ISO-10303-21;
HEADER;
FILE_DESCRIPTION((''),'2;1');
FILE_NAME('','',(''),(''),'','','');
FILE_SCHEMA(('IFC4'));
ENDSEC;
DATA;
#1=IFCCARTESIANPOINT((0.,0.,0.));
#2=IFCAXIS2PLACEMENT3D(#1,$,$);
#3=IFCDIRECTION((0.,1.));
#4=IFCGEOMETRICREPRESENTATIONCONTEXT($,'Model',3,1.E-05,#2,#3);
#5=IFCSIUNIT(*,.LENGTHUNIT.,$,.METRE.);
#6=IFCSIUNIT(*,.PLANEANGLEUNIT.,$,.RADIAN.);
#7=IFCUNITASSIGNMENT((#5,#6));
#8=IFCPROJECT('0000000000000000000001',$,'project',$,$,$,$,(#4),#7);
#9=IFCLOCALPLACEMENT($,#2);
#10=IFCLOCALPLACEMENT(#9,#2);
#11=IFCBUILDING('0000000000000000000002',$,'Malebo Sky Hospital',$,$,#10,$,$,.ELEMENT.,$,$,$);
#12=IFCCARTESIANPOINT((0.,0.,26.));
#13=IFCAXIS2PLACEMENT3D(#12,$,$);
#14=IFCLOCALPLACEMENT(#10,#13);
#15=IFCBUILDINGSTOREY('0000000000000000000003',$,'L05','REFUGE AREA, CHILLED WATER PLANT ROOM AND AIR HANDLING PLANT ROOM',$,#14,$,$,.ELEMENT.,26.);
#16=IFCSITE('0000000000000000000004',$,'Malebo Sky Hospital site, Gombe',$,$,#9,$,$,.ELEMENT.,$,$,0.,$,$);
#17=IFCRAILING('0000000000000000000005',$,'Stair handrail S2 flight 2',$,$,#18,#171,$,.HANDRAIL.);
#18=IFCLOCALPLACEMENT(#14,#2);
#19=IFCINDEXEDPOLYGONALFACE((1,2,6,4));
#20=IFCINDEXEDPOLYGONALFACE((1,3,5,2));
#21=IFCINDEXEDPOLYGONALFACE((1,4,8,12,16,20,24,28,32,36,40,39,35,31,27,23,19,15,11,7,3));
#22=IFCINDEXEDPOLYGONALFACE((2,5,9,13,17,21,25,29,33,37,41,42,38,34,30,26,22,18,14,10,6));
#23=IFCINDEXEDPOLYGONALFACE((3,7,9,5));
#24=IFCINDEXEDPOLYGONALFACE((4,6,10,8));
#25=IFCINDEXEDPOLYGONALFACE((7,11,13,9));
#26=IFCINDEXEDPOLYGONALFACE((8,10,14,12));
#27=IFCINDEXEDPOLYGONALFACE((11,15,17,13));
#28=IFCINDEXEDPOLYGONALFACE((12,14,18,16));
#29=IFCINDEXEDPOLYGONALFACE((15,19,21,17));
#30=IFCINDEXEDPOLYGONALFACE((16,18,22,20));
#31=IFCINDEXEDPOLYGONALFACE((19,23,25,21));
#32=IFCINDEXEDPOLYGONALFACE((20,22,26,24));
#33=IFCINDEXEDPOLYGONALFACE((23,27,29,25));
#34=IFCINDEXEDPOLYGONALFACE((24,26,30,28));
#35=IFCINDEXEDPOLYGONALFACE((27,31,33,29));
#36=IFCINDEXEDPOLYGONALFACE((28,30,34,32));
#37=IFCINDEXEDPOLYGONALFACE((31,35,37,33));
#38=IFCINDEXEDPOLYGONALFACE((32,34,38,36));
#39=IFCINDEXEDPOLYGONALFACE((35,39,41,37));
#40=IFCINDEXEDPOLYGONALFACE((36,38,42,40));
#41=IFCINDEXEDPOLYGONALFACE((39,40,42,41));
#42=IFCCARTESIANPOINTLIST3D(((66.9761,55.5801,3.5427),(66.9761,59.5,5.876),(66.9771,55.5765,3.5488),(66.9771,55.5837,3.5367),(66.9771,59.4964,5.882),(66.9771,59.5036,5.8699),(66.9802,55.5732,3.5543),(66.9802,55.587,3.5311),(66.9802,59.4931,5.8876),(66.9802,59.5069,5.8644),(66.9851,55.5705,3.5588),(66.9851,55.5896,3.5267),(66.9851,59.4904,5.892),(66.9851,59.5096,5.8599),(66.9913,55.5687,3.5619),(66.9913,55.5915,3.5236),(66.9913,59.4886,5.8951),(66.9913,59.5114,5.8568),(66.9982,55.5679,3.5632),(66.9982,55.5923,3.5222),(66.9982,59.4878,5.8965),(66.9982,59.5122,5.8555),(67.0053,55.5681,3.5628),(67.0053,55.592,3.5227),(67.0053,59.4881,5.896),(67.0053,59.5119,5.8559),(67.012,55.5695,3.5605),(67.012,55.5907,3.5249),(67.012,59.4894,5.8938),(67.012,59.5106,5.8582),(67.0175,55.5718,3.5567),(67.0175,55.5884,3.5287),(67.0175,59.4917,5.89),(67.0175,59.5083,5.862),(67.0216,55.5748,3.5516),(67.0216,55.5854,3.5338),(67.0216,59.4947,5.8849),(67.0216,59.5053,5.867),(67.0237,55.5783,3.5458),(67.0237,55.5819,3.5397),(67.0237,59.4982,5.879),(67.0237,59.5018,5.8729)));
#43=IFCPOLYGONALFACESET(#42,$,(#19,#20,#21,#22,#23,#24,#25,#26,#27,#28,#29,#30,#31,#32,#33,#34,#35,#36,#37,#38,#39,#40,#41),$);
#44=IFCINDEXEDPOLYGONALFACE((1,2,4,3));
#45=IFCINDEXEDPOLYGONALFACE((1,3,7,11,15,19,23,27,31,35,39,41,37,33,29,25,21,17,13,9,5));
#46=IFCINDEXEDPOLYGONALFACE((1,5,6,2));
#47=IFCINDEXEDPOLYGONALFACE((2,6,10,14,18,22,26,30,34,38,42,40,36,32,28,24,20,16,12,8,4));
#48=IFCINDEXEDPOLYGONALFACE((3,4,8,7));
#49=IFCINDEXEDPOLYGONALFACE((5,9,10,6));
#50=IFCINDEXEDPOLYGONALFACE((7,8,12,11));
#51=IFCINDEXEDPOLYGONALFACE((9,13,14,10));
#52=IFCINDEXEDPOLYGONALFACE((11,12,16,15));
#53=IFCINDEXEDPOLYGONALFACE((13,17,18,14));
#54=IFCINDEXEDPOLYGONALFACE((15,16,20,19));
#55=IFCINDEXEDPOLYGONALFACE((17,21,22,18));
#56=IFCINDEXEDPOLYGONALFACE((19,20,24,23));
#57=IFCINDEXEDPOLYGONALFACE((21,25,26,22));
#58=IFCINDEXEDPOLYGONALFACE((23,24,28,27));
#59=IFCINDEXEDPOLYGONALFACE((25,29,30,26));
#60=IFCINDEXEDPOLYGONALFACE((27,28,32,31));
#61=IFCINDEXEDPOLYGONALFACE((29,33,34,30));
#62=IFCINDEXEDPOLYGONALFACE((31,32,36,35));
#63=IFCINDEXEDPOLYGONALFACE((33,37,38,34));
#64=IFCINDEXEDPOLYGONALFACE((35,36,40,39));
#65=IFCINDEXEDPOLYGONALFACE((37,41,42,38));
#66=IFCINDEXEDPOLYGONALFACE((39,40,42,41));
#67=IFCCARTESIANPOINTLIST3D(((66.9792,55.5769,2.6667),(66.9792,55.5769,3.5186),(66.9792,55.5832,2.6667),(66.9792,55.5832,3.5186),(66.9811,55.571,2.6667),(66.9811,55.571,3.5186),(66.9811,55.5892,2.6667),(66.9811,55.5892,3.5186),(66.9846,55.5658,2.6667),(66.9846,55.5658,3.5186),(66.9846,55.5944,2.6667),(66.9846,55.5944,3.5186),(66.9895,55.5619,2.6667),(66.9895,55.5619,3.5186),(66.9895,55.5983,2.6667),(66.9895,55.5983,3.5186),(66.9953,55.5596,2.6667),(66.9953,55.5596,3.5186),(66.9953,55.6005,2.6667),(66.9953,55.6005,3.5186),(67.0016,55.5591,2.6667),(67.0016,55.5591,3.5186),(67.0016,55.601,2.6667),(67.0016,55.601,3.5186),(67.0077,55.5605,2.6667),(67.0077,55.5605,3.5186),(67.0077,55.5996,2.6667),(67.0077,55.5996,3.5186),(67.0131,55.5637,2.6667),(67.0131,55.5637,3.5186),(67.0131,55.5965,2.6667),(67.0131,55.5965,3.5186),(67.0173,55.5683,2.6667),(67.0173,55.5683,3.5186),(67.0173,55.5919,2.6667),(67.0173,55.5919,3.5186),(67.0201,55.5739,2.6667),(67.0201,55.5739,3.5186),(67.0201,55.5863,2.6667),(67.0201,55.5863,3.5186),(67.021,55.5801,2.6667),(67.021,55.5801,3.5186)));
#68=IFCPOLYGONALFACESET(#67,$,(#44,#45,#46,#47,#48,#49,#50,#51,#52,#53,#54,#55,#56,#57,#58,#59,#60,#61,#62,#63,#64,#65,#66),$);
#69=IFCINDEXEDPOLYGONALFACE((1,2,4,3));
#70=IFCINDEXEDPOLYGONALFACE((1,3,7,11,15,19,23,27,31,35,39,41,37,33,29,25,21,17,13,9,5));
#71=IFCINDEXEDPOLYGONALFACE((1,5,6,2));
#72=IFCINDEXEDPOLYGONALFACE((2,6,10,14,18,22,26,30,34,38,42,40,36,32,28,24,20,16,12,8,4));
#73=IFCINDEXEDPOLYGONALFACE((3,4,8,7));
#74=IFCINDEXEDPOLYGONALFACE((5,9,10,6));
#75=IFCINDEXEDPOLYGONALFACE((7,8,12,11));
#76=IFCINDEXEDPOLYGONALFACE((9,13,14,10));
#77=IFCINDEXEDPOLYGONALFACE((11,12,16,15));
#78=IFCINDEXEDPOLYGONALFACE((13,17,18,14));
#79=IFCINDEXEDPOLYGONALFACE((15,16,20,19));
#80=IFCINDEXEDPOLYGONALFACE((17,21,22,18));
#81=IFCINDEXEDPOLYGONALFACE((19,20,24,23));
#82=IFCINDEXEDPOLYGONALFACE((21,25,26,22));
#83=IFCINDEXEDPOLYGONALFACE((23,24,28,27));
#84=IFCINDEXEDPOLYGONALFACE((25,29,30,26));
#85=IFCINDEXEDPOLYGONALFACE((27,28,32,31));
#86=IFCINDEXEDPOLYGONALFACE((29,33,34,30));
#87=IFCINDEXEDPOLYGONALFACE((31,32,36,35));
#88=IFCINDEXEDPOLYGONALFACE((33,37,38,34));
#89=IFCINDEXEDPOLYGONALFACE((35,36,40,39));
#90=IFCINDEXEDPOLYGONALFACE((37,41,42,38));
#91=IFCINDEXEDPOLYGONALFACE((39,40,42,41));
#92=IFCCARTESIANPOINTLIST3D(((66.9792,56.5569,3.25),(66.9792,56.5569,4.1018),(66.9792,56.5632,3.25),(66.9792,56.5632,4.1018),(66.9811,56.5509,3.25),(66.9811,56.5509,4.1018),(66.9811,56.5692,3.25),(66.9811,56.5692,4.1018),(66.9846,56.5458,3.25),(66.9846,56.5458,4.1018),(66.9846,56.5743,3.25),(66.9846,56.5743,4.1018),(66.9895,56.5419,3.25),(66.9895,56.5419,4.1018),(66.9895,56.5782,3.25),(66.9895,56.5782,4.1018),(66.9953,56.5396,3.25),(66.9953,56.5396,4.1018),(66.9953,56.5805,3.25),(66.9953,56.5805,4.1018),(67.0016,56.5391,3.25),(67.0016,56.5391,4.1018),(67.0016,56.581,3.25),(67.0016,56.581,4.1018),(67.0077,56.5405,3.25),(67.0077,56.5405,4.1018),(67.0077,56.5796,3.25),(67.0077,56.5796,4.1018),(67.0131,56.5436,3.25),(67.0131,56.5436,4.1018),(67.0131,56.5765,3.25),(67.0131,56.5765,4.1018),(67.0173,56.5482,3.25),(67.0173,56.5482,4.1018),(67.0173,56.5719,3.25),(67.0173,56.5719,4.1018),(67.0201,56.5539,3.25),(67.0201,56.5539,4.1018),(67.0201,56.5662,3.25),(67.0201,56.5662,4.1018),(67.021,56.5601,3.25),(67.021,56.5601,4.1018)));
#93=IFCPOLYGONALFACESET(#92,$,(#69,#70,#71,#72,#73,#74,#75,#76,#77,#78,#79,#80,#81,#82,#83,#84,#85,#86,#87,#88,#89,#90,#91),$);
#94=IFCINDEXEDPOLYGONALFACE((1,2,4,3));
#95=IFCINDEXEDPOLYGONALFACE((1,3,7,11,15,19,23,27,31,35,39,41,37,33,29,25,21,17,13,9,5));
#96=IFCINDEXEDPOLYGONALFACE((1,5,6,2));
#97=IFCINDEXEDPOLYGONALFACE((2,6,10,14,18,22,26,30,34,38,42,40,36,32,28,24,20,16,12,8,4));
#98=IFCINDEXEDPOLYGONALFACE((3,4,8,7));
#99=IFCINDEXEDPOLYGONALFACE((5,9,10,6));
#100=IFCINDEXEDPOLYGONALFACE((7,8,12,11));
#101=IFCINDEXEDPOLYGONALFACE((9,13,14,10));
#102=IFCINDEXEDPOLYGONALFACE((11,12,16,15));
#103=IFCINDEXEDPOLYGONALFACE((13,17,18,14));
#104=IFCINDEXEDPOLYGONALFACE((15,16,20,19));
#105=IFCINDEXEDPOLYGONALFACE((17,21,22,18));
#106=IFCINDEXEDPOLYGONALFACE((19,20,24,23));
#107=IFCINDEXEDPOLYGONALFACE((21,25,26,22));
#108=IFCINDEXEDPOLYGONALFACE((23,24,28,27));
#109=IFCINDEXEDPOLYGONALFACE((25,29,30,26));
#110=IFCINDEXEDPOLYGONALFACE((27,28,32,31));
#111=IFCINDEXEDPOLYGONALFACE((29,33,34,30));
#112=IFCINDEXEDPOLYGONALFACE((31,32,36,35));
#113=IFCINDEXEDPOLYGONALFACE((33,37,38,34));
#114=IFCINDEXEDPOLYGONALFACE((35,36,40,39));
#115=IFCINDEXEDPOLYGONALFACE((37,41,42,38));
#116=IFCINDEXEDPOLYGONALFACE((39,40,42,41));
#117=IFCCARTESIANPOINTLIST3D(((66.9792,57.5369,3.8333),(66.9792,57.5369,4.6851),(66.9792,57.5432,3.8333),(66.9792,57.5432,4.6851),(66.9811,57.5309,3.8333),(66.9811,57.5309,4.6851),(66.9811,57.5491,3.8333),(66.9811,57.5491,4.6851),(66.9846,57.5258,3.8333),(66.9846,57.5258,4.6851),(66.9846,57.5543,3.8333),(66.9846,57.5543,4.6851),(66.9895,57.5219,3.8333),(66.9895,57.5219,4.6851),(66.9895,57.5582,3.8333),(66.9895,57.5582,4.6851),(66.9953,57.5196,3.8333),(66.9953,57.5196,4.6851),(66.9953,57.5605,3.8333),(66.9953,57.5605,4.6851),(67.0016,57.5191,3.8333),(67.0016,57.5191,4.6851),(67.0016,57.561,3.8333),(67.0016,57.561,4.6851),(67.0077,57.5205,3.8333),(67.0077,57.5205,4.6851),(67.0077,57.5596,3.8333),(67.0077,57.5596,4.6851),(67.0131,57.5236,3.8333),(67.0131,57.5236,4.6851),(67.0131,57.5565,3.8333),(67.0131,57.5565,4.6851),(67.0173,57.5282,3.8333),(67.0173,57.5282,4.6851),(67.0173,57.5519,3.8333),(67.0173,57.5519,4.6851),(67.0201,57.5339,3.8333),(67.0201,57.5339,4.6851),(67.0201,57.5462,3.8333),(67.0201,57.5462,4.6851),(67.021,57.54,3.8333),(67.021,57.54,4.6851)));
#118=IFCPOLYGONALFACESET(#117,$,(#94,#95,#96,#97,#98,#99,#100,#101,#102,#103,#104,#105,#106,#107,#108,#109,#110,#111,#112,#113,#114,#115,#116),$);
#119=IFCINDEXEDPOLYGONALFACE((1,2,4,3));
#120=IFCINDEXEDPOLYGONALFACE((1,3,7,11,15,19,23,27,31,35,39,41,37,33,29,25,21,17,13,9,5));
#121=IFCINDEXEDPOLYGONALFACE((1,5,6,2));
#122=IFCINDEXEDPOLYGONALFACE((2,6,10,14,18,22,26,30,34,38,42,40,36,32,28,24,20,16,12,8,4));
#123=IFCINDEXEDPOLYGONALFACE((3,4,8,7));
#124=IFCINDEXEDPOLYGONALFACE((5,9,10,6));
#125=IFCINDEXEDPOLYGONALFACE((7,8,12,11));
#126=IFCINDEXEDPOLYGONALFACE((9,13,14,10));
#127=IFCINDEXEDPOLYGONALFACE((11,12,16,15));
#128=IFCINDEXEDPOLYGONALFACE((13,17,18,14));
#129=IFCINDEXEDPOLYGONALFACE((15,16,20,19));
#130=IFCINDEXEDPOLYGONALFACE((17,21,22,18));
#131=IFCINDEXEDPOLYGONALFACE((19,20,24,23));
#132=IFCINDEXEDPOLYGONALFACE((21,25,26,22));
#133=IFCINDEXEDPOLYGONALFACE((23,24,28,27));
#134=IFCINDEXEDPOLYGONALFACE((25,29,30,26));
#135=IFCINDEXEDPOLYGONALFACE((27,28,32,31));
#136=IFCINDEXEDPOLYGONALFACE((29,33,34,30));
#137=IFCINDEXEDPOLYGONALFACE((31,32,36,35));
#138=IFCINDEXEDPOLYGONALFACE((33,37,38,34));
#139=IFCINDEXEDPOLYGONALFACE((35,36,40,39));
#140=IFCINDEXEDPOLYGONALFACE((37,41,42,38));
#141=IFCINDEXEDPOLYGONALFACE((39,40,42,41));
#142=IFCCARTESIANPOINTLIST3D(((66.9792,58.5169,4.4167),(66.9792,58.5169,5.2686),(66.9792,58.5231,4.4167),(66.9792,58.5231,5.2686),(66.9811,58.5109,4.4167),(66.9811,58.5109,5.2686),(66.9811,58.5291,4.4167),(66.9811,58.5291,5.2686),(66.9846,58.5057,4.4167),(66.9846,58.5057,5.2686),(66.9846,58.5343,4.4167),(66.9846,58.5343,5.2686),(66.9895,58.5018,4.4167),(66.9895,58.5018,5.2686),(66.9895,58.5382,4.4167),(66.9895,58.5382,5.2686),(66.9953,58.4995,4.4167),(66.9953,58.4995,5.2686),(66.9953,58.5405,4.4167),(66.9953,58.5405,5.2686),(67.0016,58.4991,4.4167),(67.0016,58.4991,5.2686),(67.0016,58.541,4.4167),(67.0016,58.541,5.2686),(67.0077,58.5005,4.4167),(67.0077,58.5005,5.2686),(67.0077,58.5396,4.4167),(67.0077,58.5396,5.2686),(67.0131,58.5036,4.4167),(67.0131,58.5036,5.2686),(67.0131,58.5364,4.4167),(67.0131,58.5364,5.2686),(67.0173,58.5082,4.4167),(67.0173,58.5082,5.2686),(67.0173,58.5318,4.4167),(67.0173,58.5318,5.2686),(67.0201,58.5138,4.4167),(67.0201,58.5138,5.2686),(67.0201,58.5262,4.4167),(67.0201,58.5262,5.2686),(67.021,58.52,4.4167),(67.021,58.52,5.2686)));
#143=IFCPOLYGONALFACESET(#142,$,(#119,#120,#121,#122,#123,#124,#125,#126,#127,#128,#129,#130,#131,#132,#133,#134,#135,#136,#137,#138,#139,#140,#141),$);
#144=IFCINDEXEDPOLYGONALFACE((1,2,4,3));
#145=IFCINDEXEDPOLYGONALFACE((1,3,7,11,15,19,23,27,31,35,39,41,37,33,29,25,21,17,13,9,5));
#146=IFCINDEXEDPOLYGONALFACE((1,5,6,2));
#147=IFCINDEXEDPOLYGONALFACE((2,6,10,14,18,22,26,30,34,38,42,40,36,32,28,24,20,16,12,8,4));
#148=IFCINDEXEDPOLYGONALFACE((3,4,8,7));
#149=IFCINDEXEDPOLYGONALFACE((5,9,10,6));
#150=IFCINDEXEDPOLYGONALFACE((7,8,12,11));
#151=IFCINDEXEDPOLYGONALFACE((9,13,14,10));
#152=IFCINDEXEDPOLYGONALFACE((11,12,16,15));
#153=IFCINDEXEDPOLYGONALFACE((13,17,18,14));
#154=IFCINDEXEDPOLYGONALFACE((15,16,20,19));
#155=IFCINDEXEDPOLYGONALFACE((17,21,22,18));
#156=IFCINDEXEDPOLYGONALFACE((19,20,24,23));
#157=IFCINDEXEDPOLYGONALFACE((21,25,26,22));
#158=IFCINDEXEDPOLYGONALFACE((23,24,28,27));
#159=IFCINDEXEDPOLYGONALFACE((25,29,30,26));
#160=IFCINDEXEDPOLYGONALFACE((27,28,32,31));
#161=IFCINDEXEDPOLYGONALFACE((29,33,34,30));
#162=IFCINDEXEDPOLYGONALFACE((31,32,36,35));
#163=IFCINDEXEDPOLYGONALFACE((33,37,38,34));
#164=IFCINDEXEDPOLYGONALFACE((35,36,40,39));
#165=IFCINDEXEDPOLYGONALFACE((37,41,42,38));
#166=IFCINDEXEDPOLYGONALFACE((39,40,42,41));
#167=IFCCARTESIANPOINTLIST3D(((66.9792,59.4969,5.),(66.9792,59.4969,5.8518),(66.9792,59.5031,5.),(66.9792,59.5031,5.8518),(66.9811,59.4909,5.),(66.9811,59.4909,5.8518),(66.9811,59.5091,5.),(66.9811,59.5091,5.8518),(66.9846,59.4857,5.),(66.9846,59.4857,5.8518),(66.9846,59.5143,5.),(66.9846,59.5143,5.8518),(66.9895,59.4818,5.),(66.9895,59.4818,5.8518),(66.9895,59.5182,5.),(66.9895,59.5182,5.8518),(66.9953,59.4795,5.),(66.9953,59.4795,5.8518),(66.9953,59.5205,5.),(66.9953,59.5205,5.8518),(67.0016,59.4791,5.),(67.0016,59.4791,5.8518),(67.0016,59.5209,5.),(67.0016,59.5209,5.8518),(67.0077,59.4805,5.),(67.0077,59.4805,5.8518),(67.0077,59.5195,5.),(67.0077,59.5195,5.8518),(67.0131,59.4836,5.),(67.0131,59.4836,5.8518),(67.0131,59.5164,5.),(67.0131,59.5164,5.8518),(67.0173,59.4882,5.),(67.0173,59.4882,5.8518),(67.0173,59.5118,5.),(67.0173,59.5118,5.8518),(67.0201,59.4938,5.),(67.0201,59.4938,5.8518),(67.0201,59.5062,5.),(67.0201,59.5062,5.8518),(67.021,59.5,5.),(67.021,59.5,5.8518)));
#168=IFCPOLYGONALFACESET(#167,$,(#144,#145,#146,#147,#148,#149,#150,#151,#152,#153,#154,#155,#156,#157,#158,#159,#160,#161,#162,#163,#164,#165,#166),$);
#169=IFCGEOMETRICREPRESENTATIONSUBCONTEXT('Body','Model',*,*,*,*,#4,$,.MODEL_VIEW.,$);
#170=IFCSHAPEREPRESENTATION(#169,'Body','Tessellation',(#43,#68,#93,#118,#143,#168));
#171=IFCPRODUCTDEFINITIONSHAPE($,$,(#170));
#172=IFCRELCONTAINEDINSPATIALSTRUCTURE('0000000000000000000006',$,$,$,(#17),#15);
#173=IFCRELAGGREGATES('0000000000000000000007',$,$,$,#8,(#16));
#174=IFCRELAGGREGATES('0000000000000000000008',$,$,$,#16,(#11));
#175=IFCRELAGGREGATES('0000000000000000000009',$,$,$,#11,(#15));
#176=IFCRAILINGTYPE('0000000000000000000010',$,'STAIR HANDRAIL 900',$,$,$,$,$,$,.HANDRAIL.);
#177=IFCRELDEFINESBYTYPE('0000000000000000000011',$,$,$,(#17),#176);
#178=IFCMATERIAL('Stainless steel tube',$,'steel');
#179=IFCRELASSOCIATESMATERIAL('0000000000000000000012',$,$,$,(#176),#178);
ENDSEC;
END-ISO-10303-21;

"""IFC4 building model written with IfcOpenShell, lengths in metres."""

from ifc_helpers import new_model, si_unit, direction, frame, origin, origin_2d, place, context, subcontext, project, spatial, circle, extrude, material, type_object, element, save


model = new_model("IFC4")

# Units and contexts
model_context = context("Model", 3, precision=1e-05, world=origin(), true_north=direction((0.0, 1.0)))
body_context = subcontext(model_context, "Body", "Model", "MODEL_VIEW")
ifc_project = project(units=[si_unit("LENGTHUNIT", "METRE"), si_unit("PLANEANGLEUNIT", "RADIAN")], contexts=[model_context])

# Site, building, storey
site_placement = place(None, origin())
site = spatial("IfcSite", under=ifc_project, at=site_placement, Name="Malebo Sky Hospital site, Gombe", CompositionType="ELEMENT", RefElevation=0.0)
building_placement = place(site_placement, origin())
building = spatial("IfcBuilding", under=site, at=building_placement, Name="Malebo Sky Hospital", CompositionType="ELEMENT")
storey_placement = place(building_placement, frame((0.0, 0.0, 26.0)))
storey = spatial("IfcBuildingStorey", under=building, at=storey_placement, Name="L05", Description="REFUGE AREA, CHILLED WATER PLANT ROOM AND AIR HANDLING PLANT ROOM", CompositionType="ELEMENT", Elevation=26.0)

# Railing
ifc_material_1 = material(Name="Stainless steel tube", Category="steel")
railing_type = type_object("IfcRailingType", Name="STAIR HANDRAIL 900", PredefinedType="HANDRAIL", material=ifc_material_1)
railing_1_placement = place(storey_placement, frame((67.0, 55.5801, 2.6667)))
element("IfcRailing", 1, at=railing_1_placement, inside=storey, type_object=railing_type, Name="Stair handrail S2 flight 2", PredefinedType="HANDRAIL", context=body_context, shape_type="SweptSolid", body=[
    extrude(circle(Radius=0.0239, at=origin_2d()), frame((0.0, 0.0, 0.876), z_axis=(0.0, 0.859296, 0.511478), x_axis=(-1.0, 0.0, 0.0)), (0.0, 0.0, 1.0), 4.5618),
    extrude(circle(Radius=0.021, at=origin_2d()), origin(), (0.0, 0.0, 1.0), 0.8518),
    extrude(circle(Radius=0.021, at=origin_2d()), frame((0.0, 0.98, 0.5833)), (0.0, 0.0, 1.0), 0.8518),
    extrude(circle(Radius=0.021, at=origin_2d()), frame((0.0, 1.96, 1.1665)), (0.0, 0.0, 1.0), 0.8518),
    extrude(circle(Radius=0.021, at=origin_2d()), frame((0.0, 2.9399, 1.75)), (0.0, 0.0, 1.0), 0.8518),
    extrude(circle(Radius=0.021, at=origin_2d()), frame((0.0, 3.9199, 2.3333)), (0.0, 0.0, 1.0), 0.8518),
])

save(model, "model.ifc")
